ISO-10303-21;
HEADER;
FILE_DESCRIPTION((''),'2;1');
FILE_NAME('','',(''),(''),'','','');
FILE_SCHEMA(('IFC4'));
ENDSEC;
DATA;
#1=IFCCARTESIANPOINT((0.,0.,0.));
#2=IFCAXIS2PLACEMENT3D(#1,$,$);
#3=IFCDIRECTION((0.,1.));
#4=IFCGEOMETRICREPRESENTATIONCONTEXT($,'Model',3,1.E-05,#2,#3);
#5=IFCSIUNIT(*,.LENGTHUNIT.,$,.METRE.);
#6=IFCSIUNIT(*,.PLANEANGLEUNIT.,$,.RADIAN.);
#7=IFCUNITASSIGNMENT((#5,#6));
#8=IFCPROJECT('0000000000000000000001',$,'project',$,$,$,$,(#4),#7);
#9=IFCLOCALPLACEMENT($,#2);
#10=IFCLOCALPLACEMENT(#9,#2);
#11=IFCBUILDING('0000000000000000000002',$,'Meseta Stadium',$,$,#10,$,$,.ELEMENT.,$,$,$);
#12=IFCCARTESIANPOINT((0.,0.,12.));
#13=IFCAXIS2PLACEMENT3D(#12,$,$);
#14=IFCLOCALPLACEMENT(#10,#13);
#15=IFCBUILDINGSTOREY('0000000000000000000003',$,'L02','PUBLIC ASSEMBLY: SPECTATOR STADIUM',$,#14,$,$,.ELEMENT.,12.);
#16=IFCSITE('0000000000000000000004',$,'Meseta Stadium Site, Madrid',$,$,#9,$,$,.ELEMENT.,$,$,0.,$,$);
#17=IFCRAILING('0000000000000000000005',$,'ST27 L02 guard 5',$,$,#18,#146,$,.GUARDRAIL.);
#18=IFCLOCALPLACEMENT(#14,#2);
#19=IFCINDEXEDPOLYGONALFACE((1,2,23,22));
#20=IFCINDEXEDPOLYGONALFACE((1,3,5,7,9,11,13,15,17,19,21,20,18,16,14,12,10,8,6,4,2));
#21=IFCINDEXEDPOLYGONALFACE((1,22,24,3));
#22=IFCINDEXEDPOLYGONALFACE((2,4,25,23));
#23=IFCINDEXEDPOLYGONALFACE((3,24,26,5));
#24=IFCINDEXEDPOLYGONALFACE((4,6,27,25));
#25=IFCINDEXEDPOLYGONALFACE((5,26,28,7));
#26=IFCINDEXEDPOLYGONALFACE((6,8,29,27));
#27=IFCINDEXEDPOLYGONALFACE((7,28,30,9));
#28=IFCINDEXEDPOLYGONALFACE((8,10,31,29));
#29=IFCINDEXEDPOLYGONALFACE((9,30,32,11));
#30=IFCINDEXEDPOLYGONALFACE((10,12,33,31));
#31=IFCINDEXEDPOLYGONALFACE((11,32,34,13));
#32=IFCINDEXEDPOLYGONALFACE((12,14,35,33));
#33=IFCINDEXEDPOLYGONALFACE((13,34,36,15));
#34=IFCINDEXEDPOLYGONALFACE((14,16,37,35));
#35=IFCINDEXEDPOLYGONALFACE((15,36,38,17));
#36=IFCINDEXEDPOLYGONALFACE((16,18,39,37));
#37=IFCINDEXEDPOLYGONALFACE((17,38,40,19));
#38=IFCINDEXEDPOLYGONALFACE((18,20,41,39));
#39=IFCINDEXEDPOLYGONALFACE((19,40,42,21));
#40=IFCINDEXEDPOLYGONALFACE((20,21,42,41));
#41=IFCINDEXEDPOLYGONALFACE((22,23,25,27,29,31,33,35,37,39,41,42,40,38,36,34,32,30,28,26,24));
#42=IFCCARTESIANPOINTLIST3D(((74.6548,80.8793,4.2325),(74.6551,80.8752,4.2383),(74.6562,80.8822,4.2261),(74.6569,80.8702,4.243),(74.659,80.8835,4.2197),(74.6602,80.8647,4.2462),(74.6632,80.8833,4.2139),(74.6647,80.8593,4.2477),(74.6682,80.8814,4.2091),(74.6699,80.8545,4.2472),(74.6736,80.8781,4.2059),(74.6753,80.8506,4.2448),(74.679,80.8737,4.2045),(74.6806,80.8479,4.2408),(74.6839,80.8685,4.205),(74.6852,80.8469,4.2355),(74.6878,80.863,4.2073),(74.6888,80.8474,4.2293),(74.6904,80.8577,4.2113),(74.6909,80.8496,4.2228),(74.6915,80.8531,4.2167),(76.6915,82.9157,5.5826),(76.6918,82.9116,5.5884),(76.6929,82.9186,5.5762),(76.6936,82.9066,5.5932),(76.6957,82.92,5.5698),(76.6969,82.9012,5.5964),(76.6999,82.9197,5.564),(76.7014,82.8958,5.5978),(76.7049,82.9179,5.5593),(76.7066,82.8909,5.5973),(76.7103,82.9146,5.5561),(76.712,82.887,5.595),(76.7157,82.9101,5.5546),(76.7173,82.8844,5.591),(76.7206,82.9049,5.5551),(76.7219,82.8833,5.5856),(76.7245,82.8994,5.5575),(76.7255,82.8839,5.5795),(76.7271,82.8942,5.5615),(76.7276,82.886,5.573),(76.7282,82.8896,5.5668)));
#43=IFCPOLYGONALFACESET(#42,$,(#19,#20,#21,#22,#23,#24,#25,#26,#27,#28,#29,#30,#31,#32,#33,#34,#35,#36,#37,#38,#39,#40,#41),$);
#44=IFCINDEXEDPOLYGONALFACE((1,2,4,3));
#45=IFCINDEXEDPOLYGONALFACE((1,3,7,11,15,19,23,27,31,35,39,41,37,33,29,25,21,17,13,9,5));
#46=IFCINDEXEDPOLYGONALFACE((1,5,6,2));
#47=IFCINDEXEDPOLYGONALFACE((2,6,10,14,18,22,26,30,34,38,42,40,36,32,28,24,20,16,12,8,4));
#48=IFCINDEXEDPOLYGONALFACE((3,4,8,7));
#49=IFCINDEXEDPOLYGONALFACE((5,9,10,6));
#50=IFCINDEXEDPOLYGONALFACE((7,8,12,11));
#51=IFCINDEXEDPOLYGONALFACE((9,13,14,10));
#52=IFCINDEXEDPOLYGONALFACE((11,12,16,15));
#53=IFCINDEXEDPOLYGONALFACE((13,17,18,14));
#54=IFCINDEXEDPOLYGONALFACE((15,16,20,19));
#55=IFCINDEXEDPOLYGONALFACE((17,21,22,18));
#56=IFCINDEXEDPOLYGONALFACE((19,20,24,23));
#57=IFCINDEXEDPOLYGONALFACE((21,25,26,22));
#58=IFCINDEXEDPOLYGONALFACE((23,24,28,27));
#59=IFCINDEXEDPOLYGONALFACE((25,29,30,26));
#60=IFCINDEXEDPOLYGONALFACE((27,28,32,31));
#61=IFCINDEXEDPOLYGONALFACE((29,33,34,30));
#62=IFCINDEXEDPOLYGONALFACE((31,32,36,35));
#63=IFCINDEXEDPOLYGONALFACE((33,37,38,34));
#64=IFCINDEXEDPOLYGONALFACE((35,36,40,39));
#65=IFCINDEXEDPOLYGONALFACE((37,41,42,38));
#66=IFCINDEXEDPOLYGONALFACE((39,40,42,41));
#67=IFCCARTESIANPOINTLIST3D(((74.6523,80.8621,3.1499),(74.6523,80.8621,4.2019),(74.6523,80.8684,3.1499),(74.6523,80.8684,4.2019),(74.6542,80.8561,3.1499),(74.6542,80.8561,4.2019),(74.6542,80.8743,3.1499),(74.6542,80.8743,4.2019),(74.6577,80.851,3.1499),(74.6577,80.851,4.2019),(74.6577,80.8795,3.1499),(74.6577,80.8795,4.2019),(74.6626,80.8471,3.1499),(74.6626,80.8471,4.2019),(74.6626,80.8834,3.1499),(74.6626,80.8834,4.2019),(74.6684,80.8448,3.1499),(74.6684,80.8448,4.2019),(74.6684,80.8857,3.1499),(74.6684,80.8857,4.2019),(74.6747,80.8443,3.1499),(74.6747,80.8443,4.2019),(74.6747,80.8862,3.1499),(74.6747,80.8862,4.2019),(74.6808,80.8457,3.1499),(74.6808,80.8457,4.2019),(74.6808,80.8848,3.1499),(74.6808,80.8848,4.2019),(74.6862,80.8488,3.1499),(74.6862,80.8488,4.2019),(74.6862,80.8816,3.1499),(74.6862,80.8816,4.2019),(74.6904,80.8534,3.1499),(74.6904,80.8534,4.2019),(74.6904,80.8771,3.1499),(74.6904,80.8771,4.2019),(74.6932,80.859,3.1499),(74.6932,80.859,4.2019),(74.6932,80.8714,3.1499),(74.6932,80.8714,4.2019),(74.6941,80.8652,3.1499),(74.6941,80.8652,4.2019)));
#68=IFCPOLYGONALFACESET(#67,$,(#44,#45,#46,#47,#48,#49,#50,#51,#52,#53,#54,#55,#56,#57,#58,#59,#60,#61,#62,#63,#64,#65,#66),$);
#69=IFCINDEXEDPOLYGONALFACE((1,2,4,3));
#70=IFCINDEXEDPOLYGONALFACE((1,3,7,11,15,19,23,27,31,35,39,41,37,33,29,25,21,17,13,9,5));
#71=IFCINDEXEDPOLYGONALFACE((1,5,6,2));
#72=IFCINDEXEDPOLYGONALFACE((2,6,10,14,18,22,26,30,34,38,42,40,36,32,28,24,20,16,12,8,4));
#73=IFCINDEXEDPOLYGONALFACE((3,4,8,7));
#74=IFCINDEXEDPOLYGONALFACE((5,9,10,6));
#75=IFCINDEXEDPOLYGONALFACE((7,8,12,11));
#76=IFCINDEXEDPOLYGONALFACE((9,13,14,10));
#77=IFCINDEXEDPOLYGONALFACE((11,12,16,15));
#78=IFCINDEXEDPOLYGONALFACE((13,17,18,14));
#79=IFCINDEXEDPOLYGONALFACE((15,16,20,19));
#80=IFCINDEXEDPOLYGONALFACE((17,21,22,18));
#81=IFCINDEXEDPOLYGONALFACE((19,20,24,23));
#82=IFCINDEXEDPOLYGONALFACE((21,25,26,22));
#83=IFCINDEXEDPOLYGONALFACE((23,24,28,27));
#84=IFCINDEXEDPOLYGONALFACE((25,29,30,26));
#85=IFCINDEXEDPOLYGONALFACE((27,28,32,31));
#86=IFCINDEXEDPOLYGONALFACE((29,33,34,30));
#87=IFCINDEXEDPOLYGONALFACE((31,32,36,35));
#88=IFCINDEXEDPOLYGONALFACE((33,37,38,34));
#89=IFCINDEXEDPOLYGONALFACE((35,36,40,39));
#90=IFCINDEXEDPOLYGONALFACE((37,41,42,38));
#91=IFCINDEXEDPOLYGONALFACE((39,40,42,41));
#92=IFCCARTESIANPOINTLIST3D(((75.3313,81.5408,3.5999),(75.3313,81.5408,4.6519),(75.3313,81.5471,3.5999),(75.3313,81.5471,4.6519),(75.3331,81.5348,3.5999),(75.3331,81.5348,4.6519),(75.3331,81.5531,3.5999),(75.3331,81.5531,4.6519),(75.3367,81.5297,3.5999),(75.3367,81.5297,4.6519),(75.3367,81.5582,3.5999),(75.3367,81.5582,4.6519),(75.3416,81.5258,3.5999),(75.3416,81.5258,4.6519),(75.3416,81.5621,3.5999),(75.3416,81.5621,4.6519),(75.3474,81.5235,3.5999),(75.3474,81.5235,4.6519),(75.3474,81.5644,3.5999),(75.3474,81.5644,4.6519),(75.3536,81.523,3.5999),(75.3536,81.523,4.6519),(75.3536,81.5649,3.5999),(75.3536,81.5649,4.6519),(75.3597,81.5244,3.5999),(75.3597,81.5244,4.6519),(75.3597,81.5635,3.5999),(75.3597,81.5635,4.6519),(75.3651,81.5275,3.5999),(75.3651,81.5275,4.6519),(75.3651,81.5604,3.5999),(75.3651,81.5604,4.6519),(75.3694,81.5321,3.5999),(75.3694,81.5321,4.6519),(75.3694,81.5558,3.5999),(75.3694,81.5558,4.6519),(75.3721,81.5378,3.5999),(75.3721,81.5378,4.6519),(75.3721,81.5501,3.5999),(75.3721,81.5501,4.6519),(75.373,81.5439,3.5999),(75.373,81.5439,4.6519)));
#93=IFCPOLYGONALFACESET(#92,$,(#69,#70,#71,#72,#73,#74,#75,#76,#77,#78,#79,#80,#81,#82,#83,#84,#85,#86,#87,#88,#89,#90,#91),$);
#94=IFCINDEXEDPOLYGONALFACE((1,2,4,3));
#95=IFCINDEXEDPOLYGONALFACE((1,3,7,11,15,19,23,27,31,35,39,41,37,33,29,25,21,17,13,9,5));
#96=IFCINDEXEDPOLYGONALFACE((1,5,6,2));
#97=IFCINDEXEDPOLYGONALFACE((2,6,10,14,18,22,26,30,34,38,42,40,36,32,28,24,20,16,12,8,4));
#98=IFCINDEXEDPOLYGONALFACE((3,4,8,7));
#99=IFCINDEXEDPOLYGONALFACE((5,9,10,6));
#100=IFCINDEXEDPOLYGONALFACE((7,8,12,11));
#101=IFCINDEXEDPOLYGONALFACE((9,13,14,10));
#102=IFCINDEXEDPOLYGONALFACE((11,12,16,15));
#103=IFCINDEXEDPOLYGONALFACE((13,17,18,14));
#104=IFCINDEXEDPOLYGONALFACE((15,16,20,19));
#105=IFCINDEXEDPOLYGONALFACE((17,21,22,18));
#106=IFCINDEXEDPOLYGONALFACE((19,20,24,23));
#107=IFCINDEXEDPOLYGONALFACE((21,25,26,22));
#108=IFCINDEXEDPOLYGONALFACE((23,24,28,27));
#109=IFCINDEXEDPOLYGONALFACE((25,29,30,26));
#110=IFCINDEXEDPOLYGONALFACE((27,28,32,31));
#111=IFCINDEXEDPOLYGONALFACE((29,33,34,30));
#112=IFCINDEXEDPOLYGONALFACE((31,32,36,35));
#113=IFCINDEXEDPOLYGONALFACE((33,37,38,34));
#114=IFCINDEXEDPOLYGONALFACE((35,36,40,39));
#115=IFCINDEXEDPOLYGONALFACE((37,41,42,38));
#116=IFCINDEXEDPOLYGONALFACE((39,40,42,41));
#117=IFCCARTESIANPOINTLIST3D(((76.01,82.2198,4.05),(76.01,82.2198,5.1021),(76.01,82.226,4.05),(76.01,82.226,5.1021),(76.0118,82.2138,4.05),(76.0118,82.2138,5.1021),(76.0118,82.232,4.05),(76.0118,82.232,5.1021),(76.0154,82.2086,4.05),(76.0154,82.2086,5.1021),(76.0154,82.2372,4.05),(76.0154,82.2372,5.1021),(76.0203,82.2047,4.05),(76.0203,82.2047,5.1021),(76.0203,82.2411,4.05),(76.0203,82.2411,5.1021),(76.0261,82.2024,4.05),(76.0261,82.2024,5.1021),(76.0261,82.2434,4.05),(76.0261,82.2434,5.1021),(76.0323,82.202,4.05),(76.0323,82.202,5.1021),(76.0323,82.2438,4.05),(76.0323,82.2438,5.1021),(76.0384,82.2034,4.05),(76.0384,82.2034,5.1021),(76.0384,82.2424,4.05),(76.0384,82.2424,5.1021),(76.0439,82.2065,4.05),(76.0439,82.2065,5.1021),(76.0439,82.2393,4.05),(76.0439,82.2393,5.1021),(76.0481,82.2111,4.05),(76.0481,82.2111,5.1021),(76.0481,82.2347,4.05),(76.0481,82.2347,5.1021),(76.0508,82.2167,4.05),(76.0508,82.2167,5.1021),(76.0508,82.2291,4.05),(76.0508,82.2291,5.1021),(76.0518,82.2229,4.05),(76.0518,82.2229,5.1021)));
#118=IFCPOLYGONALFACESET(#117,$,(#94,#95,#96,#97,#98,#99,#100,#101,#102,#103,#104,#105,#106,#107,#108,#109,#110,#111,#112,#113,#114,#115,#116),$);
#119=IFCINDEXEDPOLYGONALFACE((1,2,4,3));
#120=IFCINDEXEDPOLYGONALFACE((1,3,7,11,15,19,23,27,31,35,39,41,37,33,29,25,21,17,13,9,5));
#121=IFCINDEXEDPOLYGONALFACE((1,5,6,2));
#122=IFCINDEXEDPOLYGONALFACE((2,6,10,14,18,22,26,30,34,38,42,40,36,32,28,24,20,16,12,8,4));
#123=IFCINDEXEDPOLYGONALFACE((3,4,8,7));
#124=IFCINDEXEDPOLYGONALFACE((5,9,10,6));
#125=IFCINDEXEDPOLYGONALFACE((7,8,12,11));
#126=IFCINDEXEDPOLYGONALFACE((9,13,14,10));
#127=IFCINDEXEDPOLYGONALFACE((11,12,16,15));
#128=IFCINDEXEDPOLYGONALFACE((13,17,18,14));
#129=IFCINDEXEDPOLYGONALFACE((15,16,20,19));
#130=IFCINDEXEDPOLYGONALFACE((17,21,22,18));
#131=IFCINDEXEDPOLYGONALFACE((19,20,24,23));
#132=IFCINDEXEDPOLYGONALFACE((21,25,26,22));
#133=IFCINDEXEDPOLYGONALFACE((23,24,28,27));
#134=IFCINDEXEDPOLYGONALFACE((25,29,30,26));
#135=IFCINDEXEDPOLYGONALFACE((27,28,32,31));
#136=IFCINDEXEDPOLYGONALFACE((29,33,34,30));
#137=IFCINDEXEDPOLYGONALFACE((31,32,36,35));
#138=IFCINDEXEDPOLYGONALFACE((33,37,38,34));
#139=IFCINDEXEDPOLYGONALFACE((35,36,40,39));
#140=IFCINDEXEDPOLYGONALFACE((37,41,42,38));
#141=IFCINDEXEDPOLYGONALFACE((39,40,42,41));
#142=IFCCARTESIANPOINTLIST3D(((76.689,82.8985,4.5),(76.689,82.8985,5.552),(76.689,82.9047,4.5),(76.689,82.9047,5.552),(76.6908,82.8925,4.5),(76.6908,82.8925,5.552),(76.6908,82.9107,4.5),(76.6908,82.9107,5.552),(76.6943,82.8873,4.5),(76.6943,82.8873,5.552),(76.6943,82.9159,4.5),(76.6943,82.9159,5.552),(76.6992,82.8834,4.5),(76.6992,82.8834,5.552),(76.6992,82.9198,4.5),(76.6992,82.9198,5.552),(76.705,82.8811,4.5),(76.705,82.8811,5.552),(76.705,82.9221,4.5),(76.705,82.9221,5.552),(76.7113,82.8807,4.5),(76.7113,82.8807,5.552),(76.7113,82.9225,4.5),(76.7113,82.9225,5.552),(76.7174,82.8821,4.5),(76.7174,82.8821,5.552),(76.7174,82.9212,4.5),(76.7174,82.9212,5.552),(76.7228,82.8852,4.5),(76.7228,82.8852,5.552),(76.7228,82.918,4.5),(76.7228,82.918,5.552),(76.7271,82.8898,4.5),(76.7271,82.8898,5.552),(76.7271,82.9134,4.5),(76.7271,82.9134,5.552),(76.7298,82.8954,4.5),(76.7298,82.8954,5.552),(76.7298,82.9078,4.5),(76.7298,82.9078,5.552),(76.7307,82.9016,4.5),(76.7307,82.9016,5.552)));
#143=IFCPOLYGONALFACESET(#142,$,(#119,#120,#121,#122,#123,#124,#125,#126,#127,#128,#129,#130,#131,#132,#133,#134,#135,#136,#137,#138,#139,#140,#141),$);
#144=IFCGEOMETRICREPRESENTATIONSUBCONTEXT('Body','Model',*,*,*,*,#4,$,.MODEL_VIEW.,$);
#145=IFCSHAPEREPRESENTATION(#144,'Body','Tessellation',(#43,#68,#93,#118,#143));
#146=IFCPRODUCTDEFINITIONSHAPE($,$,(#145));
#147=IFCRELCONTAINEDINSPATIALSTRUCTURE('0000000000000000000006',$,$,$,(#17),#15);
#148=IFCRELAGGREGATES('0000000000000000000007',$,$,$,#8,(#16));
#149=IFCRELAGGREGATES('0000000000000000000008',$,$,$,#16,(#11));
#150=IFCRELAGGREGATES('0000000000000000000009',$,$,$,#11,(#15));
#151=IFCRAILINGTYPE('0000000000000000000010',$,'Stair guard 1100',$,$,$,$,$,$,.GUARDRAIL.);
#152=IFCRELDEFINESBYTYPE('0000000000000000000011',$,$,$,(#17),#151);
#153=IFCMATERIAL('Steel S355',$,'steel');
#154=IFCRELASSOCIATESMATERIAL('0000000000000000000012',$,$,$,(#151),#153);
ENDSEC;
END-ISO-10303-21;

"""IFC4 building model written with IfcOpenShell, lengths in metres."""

from ifc_helpers import new_model, si_unit, direction, frame, origin, origin_2d, place, context, subcontext, project, spatial, circle, extrude, material, type_object, element, save


model = new_model("IFC4")

# Units and contexts
model_context = context("Model", 3, precision=1e-05, world=origin(), true_north=direction((0.0, 1.0)))
body_context = subcontext(model_context, "Body", "Model", "MODEL_VIEW")
ifc_project = project(units=[si_unit("LENGTHUNIT", "METRE"), si_unit("PLANEANGLEUNIT", "RADIAN")], contexts=[model_context])

# Site, building, storey
site_placement = place(None, origin())
site = spatial("IfcSite", under=ifc_project, at=site_placement, Name="Meseta Stadium Site, Madrid", CompositionType="ELEMENT", RefElevation=0.0)
building_placement = place(site_placement, origin())
building = spatial("IfcBuilding", under=site, at=building_placement, Name="Meseta Stadium", CompositionType="ELEMENT")
storey_placement = place(building_placement, frame((0.0, 0.0, 12.0)))
storey = spatial("IfcBuildingStorey", under=building, at=storey_placement, Name="L02", Description="PUBLIC ASSEMBLY: SPECTATOR STADIUM", CompositionType="ELEMENT", Elevation=12.0)

# Railing
ifc_material_1 = material(Name="Steel S355", Category="steel")
railing_type_1 = type_object("IfcRailingType", Name="Stair guard 1100", PredefinedType="GUARDRAIL", material=ifc_material_1)
railing_1_placement = place(storey_placement, frame((74.6731, 80.8652, 3.1499)))
element("IfcRailing", 1, at=railing_1_placement, inside=storey, type_object=railing_type_1, Name="ST27 L02 guard 5", PredefinedType="GUARDRAIL", context=body_context, shape_type="SweptSolid", body=[
    extrude(circle(Radius=0.0239, at=origin_2d()), frame((0.0, 0.0, 1.0762), z_axis=(0.640288, 0.640211, 0.424454), x_axis=(-0.707064, 0.707149, 0.0)), (0.0, 0.0, 1.0), 3.1809),
    extrude(circle(Radius=0.021, at=origin_2d()), origin(), (0.0, 0.0, 1.0), 1.052),
    extrude(circle(Radius=0.021, at=origin_2d()), frame((0.679, 0.6787, 0.45)), (0.0, 0.0, 1.0), 1.052),
    extrude(circle(Radius=0.021, at=origin_2d()), frame((1.3577, 1.3577, 0.9001)), (0.0, 0.0, 1.0), 1.052),
    extrude(circle(Radius=0.021, at=origin_2d()), frame((2.0366, 2.0364, 1.3501)), (0.0, 0.0, 1.0), 1.052),
])

save(model, "model.ifc")
